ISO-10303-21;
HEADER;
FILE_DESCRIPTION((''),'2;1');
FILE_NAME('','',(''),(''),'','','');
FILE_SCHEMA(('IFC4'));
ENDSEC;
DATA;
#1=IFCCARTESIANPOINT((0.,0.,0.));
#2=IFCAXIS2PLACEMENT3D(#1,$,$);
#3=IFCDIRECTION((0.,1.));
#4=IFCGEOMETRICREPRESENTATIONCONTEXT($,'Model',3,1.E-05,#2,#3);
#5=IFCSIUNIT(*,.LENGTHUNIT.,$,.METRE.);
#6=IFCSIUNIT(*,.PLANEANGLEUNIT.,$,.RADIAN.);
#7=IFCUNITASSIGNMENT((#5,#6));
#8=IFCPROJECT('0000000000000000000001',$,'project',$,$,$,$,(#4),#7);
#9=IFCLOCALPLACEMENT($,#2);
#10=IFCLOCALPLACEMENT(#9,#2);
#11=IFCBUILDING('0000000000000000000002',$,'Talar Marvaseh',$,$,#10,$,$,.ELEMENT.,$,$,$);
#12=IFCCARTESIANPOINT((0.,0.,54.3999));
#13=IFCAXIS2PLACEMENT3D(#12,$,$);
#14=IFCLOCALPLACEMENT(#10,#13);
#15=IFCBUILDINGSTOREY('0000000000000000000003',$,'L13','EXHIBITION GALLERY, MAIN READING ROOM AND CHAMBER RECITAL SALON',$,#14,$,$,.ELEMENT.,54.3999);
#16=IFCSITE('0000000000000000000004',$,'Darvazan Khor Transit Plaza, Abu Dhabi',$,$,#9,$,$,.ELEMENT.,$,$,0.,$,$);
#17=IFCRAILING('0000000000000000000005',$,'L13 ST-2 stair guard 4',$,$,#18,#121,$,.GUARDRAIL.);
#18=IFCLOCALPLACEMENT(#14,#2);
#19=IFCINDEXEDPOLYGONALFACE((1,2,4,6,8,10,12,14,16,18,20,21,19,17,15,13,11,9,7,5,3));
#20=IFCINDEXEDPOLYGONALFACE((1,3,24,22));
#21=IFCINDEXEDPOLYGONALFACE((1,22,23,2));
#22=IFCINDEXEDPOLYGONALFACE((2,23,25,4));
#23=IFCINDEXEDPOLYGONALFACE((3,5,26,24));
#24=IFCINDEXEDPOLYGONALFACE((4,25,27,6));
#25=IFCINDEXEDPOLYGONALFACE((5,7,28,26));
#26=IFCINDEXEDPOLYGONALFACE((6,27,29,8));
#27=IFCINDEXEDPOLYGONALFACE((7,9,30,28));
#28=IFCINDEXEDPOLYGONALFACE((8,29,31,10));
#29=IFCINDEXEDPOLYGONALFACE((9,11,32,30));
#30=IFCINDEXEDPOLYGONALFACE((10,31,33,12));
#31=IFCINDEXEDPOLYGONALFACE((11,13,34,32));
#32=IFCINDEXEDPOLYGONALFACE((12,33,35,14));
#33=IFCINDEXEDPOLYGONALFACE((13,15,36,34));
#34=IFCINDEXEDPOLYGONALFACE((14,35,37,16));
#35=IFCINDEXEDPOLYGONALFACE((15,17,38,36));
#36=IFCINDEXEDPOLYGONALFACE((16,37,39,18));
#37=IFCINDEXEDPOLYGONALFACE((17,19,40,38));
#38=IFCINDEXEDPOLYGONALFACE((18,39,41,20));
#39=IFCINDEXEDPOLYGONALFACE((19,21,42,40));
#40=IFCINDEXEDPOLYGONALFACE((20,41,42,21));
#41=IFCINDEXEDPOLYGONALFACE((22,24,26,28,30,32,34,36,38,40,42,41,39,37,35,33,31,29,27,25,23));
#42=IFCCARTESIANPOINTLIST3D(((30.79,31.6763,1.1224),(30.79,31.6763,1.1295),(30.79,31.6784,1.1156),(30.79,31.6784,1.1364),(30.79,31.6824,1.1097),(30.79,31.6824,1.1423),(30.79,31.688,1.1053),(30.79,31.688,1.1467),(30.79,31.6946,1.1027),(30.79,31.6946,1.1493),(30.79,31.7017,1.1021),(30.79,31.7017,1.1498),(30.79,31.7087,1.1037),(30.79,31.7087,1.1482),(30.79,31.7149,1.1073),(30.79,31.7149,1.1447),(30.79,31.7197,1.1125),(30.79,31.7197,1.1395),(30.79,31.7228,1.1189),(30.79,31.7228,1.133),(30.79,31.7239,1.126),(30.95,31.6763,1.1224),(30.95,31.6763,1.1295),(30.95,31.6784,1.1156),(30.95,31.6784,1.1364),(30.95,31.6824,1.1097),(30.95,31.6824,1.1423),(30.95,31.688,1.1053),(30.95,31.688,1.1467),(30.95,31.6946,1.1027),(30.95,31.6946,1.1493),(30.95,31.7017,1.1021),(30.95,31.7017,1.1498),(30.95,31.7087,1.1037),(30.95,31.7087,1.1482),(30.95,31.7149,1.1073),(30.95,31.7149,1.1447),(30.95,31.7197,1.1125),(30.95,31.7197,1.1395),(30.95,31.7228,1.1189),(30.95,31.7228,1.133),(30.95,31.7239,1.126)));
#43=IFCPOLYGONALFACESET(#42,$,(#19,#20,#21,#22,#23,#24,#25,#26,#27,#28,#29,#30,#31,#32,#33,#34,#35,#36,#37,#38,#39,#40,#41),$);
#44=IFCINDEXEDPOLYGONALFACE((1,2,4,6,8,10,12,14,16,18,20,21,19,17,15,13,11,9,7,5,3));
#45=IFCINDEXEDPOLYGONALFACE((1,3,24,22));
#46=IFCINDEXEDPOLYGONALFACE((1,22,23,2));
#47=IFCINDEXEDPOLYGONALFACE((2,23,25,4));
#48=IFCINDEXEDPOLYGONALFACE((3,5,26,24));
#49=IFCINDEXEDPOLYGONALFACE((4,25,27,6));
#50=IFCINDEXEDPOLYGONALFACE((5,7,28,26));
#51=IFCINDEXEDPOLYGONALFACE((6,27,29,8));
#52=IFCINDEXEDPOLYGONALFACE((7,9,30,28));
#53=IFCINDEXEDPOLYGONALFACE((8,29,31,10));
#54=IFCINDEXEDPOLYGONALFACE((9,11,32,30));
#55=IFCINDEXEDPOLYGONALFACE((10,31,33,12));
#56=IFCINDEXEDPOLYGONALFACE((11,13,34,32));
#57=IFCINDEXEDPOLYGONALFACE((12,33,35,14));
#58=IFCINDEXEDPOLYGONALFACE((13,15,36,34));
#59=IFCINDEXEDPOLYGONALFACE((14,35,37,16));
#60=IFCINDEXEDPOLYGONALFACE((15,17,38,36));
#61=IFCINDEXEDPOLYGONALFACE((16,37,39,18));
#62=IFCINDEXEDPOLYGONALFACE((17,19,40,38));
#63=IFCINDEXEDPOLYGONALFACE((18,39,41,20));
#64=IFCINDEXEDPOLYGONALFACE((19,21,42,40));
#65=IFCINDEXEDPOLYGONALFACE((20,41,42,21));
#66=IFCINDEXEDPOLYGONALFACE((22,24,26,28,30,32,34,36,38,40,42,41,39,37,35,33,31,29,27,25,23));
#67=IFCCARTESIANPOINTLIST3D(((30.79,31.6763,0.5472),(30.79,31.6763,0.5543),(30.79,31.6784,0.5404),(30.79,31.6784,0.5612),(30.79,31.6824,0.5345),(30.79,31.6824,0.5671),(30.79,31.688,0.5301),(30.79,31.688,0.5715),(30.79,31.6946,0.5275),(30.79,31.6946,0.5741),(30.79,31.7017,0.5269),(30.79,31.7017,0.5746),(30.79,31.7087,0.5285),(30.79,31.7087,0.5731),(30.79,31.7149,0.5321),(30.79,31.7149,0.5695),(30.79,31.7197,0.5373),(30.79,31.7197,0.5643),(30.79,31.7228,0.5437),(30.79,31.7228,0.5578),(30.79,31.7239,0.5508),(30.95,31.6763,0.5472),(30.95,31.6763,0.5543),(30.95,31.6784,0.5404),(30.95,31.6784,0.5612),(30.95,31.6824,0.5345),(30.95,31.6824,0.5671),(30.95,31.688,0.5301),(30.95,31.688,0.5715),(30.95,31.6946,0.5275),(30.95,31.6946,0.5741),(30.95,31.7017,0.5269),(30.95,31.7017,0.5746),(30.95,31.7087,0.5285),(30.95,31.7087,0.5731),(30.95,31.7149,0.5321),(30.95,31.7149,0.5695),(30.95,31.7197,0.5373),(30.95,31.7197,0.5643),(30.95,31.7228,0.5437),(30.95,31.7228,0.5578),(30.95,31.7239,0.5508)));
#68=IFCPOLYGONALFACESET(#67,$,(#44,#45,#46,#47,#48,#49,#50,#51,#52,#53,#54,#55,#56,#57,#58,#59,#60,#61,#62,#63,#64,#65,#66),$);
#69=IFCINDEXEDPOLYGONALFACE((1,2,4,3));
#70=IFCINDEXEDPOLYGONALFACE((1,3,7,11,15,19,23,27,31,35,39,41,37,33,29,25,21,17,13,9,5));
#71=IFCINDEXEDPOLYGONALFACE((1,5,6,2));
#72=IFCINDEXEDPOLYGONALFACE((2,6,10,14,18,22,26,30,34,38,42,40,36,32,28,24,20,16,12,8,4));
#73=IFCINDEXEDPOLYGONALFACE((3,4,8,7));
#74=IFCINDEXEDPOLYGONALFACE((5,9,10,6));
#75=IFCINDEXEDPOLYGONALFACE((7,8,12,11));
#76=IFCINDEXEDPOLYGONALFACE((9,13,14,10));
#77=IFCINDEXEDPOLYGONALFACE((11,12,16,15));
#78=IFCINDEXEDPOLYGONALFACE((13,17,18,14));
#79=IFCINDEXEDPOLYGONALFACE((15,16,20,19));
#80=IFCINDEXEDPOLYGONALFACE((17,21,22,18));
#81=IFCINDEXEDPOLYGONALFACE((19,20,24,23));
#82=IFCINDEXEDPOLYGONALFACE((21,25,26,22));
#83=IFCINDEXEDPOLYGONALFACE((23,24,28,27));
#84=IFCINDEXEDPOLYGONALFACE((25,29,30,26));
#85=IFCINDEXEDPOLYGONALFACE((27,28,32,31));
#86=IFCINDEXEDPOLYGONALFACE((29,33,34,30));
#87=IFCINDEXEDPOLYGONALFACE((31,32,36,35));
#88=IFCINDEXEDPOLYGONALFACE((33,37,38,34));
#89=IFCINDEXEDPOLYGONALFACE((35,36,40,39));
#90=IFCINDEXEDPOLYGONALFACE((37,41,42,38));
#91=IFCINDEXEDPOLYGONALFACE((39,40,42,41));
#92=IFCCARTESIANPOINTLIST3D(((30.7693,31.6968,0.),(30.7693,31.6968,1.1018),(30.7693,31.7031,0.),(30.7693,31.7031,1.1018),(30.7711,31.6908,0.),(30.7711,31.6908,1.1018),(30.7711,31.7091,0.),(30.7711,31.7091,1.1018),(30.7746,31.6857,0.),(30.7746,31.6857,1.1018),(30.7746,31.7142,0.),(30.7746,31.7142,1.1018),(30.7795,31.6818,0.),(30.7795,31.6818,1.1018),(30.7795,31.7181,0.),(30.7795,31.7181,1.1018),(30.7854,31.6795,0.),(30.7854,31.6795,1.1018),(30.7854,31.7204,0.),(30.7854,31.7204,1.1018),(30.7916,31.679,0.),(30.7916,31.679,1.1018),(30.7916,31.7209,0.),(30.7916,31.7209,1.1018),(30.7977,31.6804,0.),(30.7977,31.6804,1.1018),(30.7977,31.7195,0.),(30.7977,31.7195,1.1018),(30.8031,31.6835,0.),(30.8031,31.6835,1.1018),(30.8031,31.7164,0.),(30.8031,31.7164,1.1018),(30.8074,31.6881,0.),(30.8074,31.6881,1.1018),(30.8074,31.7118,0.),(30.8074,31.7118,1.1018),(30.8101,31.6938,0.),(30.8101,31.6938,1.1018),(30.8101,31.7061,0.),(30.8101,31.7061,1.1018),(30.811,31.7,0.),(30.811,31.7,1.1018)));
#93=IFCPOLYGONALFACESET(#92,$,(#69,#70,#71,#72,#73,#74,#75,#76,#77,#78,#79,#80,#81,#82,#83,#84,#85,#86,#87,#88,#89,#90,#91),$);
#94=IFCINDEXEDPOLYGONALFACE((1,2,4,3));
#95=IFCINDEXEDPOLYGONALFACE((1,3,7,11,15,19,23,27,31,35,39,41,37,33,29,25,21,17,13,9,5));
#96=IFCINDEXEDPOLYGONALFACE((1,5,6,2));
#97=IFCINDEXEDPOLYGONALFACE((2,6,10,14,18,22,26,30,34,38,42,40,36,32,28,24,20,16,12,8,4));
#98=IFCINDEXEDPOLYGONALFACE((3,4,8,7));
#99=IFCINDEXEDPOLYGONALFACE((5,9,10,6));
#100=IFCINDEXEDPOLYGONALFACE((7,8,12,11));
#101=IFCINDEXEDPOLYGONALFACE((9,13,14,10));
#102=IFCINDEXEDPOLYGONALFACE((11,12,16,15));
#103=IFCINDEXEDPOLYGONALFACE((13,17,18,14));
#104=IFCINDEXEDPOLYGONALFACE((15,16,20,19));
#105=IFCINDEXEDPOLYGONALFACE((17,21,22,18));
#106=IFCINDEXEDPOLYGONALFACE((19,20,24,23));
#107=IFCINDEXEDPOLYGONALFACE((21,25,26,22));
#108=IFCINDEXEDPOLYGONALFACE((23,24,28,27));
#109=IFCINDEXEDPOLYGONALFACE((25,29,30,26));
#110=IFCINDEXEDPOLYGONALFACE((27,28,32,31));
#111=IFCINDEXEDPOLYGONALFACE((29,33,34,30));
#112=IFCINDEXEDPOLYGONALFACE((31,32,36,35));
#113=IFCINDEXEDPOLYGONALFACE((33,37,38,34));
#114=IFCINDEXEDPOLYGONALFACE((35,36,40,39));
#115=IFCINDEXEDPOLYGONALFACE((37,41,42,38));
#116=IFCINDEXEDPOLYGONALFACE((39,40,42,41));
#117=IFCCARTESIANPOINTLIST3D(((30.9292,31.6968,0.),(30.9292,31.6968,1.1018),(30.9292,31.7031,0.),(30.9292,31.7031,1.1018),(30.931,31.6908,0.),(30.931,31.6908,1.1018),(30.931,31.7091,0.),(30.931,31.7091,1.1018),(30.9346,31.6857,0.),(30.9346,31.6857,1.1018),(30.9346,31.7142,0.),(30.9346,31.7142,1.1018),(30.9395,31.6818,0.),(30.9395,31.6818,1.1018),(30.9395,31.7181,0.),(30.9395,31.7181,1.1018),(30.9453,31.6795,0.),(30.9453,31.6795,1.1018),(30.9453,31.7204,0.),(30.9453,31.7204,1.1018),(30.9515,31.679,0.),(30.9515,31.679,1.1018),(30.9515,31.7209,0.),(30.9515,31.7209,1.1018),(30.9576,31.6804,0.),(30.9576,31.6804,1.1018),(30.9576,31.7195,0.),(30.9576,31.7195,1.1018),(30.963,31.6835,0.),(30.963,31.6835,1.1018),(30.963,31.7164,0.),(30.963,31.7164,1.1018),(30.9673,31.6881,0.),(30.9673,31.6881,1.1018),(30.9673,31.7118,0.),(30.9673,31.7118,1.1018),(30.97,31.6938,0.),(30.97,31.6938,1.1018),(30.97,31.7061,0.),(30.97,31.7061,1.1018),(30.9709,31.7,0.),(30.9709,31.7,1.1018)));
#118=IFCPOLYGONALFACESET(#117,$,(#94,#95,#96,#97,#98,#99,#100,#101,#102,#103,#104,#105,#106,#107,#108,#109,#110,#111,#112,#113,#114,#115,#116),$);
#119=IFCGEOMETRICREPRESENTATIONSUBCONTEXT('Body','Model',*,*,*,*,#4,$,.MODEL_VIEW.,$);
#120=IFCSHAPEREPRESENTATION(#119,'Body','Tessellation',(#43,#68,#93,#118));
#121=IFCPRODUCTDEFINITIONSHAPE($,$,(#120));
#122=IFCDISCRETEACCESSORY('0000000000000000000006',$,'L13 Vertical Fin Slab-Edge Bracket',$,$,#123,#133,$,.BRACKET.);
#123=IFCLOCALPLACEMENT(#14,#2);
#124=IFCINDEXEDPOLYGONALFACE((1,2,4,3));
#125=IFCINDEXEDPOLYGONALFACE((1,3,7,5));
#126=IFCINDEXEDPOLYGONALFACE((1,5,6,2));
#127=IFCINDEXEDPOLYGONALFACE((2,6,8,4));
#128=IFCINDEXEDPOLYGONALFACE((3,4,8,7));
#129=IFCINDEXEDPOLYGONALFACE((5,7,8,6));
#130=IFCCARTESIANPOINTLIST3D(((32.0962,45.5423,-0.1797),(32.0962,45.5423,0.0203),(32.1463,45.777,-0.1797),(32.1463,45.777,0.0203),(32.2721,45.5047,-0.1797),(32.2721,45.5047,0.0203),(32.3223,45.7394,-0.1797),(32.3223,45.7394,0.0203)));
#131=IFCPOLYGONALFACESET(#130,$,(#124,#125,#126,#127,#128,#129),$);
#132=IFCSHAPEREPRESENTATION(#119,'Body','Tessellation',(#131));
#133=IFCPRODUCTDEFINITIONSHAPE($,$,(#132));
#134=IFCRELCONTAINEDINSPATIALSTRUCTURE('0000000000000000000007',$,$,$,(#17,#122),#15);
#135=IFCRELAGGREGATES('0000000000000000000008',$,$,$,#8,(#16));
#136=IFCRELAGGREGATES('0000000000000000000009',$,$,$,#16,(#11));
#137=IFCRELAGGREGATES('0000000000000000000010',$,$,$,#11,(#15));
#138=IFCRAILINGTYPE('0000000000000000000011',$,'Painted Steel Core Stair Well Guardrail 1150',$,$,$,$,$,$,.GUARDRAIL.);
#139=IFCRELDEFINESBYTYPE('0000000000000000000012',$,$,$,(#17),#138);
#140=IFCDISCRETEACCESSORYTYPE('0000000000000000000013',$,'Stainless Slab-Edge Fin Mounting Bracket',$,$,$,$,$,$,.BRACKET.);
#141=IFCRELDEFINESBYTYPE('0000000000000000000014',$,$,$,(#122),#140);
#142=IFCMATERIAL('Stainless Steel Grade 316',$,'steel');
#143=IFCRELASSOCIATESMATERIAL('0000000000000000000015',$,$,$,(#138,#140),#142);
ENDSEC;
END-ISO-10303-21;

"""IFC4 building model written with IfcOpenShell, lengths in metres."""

from ifc_helpers import new_model, si_unit, direction, frame, origin, origin_2d, place, context, subcontext, project, spatial, rectangle, circle, extrude, source, transform, mapped, material, type_object, type_shapes, element, save


model = new_model("IFC4")

# Units and contexts
model_context = context("Model", 3, precision=1e-05, world=origin(), true_north=direction((0.0, 1.0)))
body_context = subcontext(model_context, "Body", "Model", "MODEL_VIEW")
ifc_project = project(units=[si_unit("LENGTHUNIT", "METRE"), si_unit("PLANEANGLEUNIT", "RADIAN")], contexts=[model_context])

# Site, building, storey
site_placement = place(None, origin())
site = spatial("IfcSite", under=ifc_project, at=site_placement, Name="Darvazan Khor Transit Plaza, Abu Dhabi", CompositionType="ELEMENT", RefElevation=0.0)
building_placement = place(site_placement, origin())
building = spatial("IfcBuilding", under=site, at=building_placement, Name="Talar Marvaseh", CompositionType="ELEMENT")
storey_placement = place(building_placement, frame((0.0, 0.0, 54.3999)))
storey = spatial("IfcBuildingStorey", under=building, at=storey_placement, Name="L13", Description="EXHIBITION GALLERY, MAIN READING ROOM AND CHAMBER RECITAL SALON", CompositionType="ELEMENT", Elevation=54.3999)

# Shared definitions
ifc_material_1 = material(Name="Stainless Steel Grade 316", Category="steel")

# Railing
railing_type_1 = type_object("IfcRailingType", Name="Painted Steel Core Stair Well Guardrail 1150", PredefinedType="GUARDRAIL", material=ifc_material_1)
railing_1_placement = place(storey_placement, frame((30.79, 31.7, 0.0)))
element("IfcRailing", 1, at=railing_1_placement, inside=storey, type_object=railing_type_1, Name="L13 ST-2 stair guard 4", PredefinedType="GUARDRAIL", context=body_context, shape_type="SweptSolid", body=[
    extrude(circle(Radius=0.0239, at=origin_2d()), frame((0.0, 0.0, 1.126), z_axis=(1.0, 0.0, 0.0), x_axis=(0.0, 1.0, 0.0)), (0.0, 0.0, 1.0), 0.1599),
    extrude(circle(Radius=0.0239, at=origin_2d()), frame((0.0, 0.0, 0.5508), z_axis=(1.0, 0.0, 0.0), x_axis=(0.0, 1.0, 0.0)), (0.0, 0.0, 1.0), 0.1599),
    extrude(circle(Radius=0.021, at=origin_2d()), origin(), (0.0, 0.0, 1.0), 1.1018),
    extrude(circle(Radius=0.021, at=origin_2d()), frame((0.1599, 0.0, 0.0)), (0.0, 0.0, 1.0), 1.1018),
])

# Discrete accessory
discrete_accessory_type = type_object("IfcDiscreteAccessoryType", Name="Stainless Slab-Edge Fin Mounting Bracket", PredefinedType="BRACKET", material=ifc_material_1)
shared_shape_1 = source(origin(), body_context, "Body", "SweptSolid", [
    extrude(rectangle(XDim=0.24, YDim=0.1799, at=origin_2d()), origin(), (0.0, 0.0, 1.0), 0.2),
])
type_shapes(discrete_accessory_type, [shared_shape_1])
discrete_accessory_placement = place(storey_placement, frame((32.2092, 45.6409, -0.1797), z_axis=(0.0, 0.0, 1.0), x_axis=(0.209107, 0.977893, 0.0)))
element("IfcDiscreteAccessory", 2, at=discrete_accessory_placement, inside=storey, type_object=discrete_accessory_type, Name="L13 Vertical Fin Slab-Edge Bracket", PredefinedType="BRACKET", context=body_context, shape_type="MappedRepresentation", body=[
    mapped(shared_shape_1, transform((0.0, 0.0, 0.0), x_axis=(1.0, 0.0, 0.0), y_axis=(0.0, 1.0, 0.0), z_axis=(0.0, 0.0, 1.0), scale=1.0)),
])

save(model, "model.ifc")
